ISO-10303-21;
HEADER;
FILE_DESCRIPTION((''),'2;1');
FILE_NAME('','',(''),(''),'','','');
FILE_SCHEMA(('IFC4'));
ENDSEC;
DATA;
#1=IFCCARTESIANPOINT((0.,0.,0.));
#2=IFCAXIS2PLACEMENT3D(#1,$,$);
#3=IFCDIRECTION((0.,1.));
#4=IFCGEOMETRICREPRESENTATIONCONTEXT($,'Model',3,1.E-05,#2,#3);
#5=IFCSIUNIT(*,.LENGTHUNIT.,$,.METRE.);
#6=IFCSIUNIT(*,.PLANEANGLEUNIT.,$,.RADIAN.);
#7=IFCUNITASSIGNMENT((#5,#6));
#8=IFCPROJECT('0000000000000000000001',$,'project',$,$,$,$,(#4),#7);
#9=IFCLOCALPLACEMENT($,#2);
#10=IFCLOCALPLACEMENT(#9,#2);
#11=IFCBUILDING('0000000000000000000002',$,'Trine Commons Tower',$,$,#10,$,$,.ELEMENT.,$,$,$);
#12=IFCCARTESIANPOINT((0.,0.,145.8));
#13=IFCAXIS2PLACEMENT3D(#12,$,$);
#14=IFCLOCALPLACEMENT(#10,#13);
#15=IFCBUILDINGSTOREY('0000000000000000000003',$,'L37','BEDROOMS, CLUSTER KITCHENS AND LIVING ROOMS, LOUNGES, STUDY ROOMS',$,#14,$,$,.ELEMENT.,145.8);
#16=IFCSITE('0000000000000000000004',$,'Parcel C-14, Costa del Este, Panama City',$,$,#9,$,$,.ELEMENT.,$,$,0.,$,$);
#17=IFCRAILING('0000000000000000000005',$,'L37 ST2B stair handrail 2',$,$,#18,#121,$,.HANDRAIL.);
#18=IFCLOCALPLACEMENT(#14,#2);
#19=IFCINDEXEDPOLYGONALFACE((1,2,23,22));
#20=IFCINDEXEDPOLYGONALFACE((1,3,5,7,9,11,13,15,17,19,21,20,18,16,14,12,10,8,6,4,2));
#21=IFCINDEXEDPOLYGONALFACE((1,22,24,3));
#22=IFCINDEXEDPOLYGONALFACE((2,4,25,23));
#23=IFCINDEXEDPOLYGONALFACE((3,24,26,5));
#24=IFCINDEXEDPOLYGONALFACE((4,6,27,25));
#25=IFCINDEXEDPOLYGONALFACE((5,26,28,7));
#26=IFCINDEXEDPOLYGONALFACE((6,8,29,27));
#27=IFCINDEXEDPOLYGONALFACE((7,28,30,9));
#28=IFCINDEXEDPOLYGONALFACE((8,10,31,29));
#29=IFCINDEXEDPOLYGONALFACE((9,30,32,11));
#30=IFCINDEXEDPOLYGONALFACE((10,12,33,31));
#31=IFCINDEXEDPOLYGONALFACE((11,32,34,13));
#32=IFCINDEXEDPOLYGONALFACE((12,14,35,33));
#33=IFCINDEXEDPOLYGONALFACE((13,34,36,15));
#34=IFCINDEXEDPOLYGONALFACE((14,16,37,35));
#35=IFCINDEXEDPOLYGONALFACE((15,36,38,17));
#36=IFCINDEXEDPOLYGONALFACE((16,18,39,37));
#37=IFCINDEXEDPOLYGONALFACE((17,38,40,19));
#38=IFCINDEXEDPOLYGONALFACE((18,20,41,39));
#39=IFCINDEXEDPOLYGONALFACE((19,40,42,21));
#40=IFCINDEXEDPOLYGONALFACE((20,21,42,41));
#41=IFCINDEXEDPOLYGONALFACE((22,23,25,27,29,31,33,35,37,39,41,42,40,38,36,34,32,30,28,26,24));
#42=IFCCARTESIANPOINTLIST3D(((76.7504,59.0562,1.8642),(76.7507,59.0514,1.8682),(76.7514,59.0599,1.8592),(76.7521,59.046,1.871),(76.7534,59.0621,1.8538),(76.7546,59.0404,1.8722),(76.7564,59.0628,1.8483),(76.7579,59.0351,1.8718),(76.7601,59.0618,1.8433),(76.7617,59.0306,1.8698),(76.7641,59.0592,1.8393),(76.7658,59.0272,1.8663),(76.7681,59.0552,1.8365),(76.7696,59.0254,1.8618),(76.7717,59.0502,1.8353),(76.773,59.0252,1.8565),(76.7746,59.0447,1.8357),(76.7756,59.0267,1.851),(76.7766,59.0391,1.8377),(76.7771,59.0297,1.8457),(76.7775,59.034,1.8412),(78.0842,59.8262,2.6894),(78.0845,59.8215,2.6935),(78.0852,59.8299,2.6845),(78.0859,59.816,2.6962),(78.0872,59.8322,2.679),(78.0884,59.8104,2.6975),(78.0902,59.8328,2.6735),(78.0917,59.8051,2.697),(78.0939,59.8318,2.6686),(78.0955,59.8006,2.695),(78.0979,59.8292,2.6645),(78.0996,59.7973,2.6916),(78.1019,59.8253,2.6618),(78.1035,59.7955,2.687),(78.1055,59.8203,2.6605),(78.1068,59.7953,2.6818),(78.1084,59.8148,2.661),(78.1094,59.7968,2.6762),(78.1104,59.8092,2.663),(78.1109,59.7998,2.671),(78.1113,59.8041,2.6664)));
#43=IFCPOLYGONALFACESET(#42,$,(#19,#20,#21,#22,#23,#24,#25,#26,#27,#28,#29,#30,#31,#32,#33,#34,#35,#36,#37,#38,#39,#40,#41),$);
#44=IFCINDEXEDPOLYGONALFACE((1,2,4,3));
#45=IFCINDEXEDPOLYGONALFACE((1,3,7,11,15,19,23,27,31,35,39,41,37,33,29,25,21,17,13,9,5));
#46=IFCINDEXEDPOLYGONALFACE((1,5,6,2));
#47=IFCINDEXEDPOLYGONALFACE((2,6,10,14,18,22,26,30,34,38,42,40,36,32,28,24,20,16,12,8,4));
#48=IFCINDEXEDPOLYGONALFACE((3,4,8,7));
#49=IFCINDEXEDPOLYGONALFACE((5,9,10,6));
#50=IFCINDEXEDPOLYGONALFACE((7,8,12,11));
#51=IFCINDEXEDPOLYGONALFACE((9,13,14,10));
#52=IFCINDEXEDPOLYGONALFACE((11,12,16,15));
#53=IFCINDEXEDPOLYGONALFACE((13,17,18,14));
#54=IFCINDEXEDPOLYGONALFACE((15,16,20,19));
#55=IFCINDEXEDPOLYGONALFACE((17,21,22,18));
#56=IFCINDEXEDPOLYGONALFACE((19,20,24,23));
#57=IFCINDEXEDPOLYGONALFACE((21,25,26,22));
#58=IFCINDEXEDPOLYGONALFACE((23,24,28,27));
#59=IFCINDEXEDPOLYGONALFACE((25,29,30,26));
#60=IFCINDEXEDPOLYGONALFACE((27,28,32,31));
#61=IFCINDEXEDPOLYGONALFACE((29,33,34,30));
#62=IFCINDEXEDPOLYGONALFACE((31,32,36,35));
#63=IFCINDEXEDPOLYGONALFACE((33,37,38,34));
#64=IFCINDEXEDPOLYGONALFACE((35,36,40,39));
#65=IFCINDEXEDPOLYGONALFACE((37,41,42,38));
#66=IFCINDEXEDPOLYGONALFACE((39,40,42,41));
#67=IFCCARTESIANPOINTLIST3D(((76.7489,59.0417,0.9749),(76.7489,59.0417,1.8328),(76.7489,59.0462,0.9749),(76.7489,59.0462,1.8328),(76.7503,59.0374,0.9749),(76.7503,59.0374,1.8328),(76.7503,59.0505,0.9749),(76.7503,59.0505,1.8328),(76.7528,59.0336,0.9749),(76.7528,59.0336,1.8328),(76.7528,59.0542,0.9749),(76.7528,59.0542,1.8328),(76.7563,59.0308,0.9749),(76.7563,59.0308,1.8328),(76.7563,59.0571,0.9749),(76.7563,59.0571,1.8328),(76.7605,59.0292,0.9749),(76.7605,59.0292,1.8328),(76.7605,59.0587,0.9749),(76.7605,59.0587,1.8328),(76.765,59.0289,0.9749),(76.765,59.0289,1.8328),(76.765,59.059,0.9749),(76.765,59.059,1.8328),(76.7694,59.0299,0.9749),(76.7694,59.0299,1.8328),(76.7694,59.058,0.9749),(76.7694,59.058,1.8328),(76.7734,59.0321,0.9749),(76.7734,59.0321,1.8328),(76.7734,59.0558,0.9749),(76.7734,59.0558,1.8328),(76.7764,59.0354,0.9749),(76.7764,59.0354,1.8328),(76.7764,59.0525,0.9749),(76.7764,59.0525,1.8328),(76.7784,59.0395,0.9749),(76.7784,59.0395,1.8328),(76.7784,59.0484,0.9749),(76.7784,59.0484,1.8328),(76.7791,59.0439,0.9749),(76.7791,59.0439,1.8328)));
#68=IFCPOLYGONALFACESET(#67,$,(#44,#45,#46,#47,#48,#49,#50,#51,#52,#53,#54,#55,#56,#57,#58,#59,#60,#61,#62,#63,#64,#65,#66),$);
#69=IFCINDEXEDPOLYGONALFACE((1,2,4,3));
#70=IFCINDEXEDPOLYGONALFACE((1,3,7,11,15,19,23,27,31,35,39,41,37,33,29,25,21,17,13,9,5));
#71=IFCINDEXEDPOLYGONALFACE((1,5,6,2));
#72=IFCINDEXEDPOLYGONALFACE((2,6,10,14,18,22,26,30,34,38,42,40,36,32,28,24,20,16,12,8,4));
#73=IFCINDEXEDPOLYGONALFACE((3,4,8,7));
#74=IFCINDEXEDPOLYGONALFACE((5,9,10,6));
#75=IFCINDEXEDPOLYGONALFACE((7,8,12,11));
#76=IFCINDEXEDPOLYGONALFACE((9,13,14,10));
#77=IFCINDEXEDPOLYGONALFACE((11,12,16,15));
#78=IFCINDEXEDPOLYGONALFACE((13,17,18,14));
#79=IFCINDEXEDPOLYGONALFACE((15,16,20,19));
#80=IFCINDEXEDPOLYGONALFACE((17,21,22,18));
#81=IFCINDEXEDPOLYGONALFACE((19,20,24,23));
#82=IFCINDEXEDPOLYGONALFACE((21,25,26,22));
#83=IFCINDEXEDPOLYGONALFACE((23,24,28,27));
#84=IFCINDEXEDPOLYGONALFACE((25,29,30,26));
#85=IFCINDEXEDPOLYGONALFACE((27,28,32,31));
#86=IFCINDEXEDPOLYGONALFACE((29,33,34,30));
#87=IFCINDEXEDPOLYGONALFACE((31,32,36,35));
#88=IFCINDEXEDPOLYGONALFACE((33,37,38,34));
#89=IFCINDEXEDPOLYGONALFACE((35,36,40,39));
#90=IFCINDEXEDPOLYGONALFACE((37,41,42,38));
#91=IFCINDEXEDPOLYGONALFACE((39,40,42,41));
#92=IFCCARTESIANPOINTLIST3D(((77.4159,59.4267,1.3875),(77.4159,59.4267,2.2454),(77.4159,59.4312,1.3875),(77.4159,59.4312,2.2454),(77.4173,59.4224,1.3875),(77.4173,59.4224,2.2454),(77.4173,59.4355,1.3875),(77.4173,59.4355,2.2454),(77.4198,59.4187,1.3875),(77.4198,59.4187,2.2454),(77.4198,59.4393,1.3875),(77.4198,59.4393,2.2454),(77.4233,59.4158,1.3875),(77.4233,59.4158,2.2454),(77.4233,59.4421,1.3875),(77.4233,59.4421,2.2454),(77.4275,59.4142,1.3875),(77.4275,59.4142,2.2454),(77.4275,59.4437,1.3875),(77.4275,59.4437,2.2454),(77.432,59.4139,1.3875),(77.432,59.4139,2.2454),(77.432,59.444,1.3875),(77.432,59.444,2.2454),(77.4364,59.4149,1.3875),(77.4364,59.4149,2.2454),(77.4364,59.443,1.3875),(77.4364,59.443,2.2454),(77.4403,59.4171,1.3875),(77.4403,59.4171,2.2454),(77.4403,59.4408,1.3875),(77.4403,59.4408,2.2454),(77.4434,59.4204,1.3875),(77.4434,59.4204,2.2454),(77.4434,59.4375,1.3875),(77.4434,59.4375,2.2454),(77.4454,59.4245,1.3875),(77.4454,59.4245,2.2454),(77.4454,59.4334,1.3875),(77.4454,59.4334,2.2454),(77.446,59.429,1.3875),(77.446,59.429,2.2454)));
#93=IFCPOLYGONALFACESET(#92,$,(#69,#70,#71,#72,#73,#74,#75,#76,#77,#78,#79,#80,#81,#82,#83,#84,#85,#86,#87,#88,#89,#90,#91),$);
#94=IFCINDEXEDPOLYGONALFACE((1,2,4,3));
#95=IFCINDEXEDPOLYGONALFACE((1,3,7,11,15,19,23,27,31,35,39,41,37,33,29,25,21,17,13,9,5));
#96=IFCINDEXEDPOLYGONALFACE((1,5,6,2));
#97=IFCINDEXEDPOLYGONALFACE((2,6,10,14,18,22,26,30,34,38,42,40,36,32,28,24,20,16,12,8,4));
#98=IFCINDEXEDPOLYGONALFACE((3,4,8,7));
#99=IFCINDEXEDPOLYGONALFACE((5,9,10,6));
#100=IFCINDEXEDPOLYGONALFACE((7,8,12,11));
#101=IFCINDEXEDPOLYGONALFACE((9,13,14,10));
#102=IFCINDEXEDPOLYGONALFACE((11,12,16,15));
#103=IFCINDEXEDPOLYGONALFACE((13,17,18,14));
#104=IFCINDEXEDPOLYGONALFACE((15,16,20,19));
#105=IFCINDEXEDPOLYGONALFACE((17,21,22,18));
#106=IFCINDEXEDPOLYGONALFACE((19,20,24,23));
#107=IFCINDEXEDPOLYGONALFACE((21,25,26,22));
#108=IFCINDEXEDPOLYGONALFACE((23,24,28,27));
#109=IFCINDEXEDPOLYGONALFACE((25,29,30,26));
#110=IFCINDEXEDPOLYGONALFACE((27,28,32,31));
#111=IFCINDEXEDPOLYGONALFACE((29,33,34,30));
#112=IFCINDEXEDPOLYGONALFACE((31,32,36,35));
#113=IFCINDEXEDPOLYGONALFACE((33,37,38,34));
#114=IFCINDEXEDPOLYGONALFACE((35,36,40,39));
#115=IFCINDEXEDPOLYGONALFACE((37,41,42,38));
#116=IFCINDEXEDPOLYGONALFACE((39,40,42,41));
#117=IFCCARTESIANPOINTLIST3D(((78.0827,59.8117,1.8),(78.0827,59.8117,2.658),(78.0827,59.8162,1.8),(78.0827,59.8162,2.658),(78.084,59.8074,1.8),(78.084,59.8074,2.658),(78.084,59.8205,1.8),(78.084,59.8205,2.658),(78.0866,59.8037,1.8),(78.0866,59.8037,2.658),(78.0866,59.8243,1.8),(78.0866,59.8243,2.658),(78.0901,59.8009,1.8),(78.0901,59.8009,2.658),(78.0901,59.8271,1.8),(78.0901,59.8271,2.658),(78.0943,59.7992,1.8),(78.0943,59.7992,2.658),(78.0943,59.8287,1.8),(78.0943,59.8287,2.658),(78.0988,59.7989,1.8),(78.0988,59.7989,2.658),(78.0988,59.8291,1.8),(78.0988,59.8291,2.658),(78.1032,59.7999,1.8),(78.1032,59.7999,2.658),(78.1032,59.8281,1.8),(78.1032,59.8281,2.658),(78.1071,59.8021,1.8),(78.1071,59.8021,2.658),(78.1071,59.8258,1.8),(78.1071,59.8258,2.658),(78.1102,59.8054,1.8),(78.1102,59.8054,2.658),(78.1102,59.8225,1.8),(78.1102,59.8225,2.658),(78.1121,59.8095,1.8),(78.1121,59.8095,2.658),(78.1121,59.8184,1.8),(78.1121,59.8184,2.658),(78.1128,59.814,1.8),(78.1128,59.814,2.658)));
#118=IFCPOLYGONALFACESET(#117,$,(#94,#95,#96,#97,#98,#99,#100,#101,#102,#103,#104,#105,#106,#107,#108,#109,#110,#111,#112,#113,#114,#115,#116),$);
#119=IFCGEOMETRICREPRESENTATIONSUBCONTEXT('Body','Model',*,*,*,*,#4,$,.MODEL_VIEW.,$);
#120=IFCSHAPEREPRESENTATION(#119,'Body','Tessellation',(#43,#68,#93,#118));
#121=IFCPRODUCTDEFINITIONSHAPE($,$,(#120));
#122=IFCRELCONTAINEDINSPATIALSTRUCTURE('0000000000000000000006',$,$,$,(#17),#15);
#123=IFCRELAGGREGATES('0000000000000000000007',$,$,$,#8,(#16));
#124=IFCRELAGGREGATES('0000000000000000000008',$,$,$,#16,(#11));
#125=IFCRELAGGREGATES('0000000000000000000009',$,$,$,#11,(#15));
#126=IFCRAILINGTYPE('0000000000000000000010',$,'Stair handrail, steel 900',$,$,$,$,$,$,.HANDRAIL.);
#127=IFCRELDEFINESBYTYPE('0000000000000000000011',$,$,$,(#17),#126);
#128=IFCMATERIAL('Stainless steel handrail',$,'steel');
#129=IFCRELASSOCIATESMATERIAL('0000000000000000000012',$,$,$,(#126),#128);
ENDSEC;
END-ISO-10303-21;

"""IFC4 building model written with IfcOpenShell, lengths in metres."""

from ifc_helpers import new_model, si_unit, direction, frame, origin, origin_2d, place, context, subcontext, project, spatial, circle, extrude, material, type_object, element, save


model = new_model("IFC4")

# Units and contexts
model_context = context("Model", 3, precision=1e-05, world=origin(), true_north=direction((0.0, 1.0)))
body_context = subcontext(model_context, "Body", "Model", "MODEL_VIEW")
ifc_project = project(units=[si_unit("LENGTHUNIT", "METRE"), si_unit("PLANEANGLEUNIT", "RADIAN")], contexts=[model_context])

# Site, building, storey
site_placement = place(None, origin())
site = spatial("IfcSite", under=ifc_project, at=site_placement, Name="Parcel C-14, Costa del Este, Panama City", CompositionType="ELEMENT", RefElevation=0.0)
building_placement = place(site_placement, origin())
building = spatial("IfcBuilding", under=site, at=building_placement, Name="Trine Commons Tower", CompositionType="ELEMENT")
storey_placement = place(building_placement, frame((0.0, 0.0, 145.8)))
storey = spatial("IfcBuildingStorey", under=building, at=storey_placement, Name="L37", Description="BEDROOMS, CLUSTER KITCHENS AND LIVING ROOMS, LOUNGES, STUDY ROOMS", CompositionType="ELEMENT", Elevation=145.8)

# Railing
ifc_material_1 = material(Name="Stainless steel handrail", Category="steel")
railing_type_1 = type_object("IfcRailingType", Name="Stair handrail, steel 900", PredefinedType="HANDRAIL", material=ifc_material_1)
railing_1_placement = place(storey_placement, frame((76.7639, 59.0439, 0.9749)))
element("IfcRailing", 1, at=railing_1_placement, inside=storey, type_object=railing_type_1, Name="L37 ST2B stair handrail 2", PredefinedType="HANDRAIL", context=body_context, shape_type="SweptSolid", body=[
    extrude(circle(Radius=0.021, at=origin_2d()), frame((0.0, 0.0, 0.8789), z_axis=(0.763355, 0.440714, 0.472293), x_axis=(-0.499992, 0.86603, 0.0)), (0.0, 0.0, 1.0), 1.7473),
    extrude(circle(Radius=0.0151, at=origin_2d()), origin(), (0.0, 0.0, 1.0), 0.8579),
    extrude(circle(Radius=0.0151, at=origin_2d()), frame((0.667, 0.385, 0.4126)), (0.0, 0.0, 1.0), 0.8579),
    extrude(circle(Radius=0.0151, at=origin_2d()), frame((1.3337, 0.77, 0.8252)), (0.0, 0.0, 1.0), 0.8579),
])

save(model, "model.ifc")
